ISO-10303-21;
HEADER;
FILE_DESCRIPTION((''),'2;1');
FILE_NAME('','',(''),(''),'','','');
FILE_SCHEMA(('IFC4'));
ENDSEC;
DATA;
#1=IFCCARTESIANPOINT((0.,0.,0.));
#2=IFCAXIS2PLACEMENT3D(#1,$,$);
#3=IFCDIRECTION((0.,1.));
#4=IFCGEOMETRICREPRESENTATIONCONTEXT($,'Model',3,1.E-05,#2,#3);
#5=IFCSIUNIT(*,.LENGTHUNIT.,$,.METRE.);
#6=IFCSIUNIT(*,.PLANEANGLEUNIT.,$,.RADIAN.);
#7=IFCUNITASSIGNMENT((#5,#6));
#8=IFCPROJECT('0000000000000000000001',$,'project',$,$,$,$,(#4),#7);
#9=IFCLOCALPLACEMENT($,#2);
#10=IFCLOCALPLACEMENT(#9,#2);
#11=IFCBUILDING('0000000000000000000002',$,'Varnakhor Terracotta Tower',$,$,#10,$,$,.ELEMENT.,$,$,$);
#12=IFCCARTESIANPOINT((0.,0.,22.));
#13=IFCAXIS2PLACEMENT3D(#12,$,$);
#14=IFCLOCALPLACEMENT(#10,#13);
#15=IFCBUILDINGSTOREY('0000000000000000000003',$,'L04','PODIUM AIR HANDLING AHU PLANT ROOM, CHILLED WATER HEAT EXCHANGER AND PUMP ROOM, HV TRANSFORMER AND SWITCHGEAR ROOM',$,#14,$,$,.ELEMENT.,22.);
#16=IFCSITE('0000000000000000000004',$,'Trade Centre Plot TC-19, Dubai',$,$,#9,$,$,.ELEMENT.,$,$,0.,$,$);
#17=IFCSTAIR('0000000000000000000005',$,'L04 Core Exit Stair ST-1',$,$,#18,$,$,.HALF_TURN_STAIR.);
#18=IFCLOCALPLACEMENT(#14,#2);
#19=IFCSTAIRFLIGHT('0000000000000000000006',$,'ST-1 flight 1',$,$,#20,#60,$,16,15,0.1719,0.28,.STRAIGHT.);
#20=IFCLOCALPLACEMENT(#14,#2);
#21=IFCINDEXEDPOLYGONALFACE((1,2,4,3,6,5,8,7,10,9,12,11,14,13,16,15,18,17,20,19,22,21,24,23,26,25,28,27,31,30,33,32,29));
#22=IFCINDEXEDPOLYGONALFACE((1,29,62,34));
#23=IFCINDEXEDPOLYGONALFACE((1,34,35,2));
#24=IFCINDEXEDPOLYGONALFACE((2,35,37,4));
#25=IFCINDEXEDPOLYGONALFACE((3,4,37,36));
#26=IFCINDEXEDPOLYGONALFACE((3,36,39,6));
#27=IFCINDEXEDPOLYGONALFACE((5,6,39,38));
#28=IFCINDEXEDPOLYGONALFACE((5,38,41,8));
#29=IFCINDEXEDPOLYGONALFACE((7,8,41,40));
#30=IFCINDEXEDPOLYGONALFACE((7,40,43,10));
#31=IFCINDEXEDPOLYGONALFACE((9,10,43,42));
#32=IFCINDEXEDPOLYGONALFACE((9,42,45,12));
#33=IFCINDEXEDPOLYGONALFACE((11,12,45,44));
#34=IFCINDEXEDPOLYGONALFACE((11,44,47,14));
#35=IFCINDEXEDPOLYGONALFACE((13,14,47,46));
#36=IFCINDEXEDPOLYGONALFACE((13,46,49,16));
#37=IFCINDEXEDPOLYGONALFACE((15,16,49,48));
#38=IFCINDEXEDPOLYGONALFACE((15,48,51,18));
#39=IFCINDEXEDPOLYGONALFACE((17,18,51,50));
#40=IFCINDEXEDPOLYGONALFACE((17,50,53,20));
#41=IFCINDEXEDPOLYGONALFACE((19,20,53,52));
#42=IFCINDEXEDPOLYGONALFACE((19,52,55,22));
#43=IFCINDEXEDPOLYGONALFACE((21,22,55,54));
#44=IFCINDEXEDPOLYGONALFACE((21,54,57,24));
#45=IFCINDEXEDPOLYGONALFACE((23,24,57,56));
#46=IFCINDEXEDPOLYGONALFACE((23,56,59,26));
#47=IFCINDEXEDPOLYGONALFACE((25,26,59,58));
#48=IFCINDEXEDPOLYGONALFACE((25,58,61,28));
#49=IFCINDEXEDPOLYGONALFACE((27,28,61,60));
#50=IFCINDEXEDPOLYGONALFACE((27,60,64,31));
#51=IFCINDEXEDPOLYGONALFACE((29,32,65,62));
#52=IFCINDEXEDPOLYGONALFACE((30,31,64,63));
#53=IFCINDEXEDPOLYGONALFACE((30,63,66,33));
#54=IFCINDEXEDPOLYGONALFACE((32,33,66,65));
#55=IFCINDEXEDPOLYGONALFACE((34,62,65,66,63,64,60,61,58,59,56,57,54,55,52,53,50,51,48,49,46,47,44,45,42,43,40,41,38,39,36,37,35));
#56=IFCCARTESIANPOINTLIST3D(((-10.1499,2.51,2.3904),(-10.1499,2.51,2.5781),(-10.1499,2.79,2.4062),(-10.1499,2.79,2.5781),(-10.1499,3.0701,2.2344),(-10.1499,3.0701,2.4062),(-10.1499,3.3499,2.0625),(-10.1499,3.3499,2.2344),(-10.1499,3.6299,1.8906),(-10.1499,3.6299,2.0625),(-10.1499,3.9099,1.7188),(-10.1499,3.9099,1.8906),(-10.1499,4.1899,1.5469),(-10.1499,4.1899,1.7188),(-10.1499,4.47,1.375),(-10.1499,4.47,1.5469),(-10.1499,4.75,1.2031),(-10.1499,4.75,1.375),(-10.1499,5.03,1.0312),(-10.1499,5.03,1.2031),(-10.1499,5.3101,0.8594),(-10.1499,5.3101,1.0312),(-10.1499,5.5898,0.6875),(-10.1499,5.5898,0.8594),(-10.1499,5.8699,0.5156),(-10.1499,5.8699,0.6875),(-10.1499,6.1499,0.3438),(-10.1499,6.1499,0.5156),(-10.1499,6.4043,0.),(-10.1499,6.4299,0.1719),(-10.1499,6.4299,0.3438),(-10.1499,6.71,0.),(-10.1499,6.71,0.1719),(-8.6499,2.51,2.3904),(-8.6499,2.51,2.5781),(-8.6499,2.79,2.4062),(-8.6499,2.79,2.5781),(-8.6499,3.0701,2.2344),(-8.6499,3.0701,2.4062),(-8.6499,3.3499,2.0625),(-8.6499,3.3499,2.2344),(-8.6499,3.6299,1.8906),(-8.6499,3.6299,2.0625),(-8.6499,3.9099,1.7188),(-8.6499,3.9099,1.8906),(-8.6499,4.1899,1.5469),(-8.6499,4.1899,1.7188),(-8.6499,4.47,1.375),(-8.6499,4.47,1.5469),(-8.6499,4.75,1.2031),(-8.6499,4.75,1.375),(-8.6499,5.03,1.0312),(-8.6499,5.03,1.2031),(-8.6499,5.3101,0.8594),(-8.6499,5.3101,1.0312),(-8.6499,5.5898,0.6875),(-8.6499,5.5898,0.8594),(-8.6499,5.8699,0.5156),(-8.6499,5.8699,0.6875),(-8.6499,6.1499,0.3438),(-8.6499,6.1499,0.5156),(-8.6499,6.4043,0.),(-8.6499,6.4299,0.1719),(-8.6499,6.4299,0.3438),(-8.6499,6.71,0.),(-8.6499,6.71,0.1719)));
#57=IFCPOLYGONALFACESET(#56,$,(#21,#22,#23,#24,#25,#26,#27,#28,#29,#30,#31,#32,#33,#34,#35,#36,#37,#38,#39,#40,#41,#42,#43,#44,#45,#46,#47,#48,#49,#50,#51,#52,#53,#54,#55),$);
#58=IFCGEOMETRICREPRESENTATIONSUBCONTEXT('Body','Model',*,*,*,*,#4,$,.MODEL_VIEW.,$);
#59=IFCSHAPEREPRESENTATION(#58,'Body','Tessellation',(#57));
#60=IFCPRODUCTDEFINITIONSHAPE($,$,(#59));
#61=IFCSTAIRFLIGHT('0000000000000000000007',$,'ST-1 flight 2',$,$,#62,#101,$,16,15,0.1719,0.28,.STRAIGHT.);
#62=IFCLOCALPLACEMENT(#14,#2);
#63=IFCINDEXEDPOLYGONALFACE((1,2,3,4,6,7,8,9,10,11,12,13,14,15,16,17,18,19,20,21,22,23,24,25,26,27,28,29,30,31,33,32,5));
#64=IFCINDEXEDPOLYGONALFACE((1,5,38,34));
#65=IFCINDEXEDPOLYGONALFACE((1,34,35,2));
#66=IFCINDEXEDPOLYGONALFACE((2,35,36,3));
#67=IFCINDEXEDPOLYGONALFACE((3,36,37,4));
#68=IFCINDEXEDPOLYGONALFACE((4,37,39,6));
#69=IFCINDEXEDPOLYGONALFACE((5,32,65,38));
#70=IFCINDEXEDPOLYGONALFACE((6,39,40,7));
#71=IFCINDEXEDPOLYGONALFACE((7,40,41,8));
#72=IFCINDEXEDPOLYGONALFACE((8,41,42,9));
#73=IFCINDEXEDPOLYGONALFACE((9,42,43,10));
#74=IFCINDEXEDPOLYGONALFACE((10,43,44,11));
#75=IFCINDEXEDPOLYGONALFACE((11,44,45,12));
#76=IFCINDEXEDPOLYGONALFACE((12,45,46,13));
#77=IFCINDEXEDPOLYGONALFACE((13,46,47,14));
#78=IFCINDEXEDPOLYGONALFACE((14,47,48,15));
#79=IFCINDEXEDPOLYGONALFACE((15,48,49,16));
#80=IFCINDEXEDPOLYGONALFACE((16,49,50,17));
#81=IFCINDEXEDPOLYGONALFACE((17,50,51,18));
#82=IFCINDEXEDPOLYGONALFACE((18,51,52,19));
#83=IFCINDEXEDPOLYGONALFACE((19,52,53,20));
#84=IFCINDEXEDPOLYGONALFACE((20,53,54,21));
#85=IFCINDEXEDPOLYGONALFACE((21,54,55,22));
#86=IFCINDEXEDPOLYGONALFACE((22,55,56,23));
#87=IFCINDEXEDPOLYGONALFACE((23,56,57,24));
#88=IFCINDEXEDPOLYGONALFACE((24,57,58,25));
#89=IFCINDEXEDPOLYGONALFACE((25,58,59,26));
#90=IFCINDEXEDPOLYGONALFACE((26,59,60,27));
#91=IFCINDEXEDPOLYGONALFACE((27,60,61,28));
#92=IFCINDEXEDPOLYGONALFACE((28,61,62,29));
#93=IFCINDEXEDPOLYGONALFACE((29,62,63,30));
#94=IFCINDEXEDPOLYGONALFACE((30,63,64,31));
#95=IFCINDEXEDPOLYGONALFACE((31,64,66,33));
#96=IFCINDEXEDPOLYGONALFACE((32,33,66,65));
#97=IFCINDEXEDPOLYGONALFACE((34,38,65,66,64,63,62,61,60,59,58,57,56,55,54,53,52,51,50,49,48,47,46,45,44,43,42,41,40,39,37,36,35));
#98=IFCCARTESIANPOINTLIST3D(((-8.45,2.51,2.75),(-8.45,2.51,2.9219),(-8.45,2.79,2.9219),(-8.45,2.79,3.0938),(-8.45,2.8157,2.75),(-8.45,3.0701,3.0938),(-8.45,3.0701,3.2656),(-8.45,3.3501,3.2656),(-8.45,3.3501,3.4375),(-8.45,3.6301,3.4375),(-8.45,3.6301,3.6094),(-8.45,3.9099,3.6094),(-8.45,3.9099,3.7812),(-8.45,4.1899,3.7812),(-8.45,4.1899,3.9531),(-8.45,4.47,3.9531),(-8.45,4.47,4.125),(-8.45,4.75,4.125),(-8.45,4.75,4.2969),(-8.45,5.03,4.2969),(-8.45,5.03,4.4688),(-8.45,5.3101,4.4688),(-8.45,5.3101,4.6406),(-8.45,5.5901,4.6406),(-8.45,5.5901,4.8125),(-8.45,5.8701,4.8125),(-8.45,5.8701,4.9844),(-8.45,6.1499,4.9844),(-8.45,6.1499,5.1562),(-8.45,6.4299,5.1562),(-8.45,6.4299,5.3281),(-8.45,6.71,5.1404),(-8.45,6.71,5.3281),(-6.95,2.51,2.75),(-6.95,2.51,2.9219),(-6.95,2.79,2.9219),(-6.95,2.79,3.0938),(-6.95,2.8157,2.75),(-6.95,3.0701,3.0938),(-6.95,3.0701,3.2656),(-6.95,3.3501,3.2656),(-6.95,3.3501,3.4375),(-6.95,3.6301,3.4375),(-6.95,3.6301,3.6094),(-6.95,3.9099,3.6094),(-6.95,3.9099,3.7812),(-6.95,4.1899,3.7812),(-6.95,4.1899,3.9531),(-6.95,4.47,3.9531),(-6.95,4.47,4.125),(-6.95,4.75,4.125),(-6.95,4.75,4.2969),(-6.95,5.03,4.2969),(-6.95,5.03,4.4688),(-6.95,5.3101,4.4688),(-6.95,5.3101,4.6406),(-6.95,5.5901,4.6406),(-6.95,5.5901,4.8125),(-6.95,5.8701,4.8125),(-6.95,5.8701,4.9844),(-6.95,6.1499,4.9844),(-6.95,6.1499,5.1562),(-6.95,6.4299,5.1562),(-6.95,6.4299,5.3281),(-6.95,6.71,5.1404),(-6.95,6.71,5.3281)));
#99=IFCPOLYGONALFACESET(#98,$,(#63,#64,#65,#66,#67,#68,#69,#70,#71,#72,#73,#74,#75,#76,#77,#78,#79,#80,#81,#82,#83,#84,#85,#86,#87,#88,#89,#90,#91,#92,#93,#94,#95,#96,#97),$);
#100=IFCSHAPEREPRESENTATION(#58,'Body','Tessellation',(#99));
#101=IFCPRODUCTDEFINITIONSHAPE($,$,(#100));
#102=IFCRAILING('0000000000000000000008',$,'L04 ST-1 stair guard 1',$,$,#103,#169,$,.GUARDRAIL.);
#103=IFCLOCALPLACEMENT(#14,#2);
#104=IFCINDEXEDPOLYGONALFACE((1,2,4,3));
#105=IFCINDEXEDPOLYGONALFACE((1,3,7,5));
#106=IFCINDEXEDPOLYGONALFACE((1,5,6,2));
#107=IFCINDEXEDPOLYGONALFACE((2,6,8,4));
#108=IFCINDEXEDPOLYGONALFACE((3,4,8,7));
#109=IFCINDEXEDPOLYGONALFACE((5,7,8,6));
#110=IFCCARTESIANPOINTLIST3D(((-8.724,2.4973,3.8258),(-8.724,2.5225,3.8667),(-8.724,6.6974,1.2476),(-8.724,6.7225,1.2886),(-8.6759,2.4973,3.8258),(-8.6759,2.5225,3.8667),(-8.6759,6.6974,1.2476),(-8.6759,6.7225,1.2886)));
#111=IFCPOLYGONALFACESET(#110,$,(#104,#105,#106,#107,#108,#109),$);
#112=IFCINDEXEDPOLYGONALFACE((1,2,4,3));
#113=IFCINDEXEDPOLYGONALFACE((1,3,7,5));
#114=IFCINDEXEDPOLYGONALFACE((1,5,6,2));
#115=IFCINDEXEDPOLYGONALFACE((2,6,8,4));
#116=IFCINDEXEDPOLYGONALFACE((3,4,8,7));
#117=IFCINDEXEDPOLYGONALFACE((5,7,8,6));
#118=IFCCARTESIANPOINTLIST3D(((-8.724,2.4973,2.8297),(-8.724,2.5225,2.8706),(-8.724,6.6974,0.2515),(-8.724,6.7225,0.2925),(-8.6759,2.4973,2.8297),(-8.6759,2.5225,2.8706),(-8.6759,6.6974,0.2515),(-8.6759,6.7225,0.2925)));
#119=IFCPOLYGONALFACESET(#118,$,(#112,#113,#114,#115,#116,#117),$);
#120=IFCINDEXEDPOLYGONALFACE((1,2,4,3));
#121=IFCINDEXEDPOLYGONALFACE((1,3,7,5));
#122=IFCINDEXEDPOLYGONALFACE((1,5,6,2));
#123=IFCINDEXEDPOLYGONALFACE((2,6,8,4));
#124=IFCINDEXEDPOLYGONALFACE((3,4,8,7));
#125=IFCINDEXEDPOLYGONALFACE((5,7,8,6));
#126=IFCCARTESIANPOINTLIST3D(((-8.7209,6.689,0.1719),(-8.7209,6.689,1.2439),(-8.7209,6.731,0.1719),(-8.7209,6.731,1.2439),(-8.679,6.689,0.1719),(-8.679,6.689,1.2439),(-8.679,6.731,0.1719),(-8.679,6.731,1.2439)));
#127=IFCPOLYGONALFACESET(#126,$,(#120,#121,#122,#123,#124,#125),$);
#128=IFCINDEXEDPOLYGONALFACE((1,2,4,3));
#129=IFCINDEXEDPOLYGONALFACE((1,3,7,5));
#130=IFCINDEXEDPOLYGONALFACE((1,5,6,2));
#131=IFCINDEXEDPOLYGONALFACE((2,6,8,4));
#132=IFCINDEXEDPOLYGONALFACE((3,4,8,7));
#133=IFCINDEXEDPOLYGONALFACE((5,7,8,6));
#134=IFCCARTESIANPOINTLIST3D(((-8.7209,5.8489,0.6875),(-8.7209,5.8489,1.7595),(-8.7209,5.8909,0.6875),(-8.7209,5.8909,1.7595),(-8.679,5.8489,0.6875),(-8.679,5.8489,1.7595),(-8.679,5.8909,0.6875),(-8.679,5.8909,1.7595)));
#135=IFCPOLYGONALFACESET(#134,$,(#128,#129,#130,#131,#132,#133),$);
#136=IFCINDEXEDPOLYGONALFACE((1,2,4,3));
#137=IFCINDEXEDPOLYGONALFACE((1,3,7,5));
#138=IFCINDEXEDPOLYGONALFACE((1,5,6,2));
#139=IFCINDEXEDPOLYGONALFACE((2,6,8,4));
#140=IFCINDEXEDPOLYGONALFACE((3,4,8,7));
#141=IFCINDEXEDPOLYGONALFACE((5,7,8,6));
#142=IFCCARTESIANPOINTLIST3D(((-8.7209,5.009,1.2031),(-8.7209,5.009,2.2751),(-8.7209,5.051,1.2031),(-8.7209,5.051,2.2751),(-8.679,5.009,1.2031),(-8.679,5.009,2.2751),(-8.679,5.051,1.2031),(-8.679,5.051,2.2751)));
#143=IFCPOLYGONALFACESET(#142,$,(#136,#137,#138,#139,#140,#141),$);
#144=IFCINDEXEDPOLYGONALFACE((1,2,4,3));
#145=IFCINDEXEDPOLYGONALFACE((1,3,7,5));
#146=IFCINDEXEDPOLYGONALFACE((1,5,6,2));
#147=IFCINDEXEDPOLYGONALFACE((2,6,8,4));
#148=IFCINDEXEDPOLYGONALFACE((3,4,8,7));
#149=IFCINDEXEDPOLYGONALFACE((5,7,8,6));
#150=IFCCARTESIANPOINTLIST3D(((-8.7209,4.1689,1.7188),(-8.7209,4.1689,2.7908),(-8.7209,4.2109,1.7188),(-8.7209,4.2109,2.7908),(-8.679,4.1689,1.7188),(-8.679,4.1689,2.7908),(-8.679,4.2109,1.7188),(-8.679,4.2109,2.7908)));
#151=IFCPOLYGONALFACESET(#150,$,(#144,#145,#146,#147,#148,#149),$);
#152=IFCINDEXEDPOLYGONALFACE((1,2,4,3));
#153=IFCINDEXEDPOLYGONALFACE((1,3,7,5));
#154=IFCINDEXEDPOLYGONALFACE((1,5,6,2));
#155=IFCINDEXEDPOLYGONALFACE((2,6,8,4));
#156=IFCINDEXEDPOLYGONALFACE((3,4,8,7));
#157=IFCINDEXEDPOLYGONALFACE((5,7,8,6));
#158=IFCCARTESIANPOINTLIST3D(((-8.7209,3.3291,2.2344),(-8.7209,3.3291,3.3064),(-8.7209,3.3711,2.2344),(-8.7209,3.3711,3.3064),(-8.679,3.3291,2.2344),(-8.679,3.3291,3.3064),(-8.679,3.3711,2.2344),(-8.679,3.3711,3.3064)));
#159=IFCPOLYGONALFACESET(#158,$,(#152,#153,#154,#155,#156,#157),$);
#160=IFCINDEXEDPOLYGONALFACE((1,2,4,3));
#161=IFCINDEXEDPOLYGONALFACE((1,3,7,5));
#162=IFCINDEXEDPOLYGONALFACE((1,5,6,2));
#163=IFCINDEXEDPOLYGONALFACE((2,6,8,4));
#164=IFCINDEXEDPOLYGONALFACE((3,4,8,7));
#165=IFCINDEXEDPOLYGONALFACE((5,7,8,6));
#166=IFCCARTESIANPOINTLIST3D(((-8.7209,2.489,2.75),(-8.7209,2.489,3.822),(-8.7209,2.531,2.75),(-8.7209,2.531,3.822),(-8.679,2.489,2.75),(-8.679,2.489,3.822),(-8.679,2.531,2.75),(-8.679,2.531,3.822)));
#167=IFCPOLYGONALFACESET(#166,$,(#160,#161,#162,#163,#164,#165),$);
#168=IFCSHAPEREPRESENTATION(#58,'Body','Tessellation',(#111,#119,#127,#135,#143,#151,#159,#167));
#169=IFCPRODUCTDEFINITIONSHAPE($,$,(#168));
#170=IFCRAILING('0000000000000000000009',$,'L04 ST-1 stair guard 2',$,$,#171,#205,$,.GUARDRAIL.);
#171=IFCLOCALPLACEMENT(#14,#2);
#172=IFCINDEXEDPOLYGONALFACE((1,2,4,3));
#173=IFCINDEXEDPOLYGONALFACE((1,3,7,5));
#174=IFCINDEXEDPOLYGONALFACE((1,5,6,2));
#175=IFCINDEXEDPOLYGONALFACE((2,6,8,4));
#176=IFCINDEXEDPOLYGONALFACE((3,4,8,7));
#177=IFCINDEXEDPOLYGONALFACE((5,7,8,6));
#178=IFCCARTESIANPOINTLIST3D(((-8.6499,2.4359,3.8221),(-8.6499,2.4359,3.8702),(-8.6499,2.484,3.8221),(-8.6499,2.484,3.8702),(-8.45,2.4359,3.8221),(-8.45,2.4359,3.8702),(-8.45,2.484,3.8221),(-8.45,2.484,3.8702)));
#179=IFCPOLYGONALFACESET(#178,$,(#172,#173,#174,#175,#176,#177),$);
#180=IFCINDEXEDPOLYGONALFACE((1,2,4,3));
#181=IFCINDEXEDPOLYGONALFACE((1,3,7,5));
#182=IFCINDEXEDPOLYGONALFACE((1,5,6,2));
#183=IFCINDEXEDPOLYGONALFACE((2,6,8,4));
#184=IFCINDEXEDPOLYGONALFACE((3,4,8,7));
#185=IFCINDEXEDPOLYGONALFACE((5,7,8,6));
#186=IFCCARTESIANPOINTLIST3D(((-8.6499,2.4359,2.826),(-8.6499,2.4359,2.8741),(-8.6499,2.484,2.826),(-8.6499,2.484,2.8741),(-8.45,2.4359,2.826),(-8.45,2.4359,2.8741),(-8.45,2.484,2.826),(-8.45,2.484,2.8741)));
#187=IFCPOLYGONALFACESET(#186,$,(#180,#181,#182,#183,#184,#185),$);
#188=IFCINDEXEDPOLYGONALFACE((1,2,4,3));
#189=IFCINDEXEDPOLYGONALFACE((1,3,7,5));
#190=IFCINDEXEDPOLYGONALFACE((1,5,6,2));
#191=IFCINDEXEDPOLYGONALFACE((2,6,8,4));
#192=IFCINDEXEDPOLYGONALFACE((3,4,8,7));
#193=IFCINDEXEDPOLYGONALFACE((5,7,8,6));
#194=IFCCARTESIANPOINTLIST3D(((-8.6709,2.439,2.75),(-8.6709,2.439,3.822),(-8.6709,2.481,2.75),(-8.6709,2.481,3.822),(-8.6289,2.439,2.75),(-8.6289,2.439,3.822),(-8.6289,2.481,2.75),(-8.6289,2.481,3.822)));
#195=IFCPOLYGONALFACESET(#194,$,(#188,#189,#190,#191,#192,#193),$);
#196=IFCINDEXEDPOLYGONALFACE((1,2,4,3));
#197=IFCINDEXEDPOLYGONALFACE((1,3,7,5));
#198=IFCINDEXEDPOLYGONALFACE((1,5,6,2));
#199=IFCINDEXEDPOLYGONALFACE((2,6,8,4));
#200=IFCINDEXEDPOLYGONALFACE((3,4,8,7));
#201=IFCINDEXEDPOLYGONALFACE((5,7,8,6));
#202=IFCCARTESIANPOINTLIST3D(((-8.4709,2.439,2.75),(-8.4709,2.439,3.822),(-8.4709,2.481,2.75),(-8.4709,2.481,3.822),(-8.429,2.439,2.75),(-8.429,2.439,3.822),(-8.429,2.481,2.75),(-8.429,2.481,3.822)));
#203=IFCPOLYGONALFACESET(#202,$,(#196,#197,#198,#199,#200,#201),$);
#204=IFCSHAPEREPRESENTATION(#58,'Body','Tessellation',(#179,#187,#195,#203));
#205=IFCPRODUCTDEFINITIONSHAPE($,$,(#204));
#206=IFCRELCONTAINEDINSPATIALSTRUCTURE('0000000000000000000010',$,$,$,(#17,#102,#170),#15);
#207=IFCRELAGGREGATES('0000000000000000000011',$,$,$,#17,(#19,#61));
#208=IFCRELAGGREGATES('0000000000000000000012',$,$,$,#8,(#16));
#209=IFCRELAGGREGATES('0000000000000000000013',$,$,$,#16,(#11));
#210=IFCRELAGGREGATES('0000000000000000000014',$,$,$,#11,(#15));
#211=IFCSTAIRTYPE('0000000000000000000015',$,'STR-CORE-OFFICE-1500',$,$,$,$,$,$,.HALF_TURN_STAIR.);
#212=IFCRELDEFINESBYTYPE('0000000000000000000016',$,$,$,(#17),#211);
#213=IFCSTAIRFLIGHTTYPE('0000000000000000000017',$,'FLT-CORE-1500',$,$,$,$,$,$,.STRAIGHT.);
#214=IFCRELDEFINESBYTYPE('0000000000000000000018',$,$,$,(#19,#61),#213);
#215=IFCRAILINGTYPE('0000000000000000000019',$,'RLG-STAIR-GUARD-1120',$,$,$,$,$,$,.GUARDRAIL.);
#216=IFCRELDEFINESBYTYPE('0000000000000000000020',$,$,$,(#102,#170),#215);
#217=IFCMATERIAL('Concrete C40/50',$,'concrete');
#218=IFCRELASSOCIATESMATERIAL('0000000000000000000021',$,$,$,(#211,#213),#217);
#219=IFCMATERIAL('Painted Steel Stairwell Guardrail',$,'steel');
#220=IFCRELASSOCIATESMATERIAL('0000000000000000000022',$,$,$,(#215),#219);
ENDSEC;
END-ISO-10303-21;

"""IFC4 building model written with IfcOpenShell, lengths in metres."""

from ifc_helpers import new_model, si_unit, direction, frame, origin, origin_2d, place, context, subcontext, project, spatial, polyline, rectangle, outline, extrude, material, type_object, element, aggregate, save


model = new_model("IFC4")

# Units and contexts
model_context = context("Model", 3, precision=1e-05, world=origin(), true_north=direction((0.0, 1.0)))
body_context = subcontext(model_context, "Body", "Model", "MODEL_VIEW")
ifc_project = project(units=[si_unit("LENGTHUNIT", "METRE"), si_unit("PLANEANGLEUNIT", "RADIAN")], contexts=[model_context])

# Site, building, storey
site_placement = place(None, origin())
site = spatial("IfcSite", under=ifc_project, at=site_placement, Name="Trade Centre Plot TC-19, Dubai", CompositionType="ELEMENT", RefElevation=0.0)
building_placement = place(site_placement, origin())
building = spatial("IfcBuilding", under=site, at=building_placement, Name="Varnakhor Terracotta Tower", CompositionType="ELEMENT")
storey_placement = place(building_placement, frame((0.0, 0.0, 22.0)))
storey = spatial("IfcBuildingStorey", under=building, at=storey_placement, Name="L04", Description="PODIUM AIR HANDLING AHU PLANT ROOM, CHILLED WATER HEAT EXCHANGER AND PUMP ROOM, HV TRANSFORMER AND SWITCHGEAR ROOM", CompositionType="ELEMENT", Elevation=22.0)

# Shared definitions
ifc_material_1 = material(Name="Concrete C40/50", Category="concrete")

# Stair, stair flights
stair_type = type_object("IfcStairType", Name="STR-CORE-OFFICE-1500", PredefinedType="HALF_TURN_STAIR", material=ifc_material_1)
stair_placement = place(storey_placement, origin())
stair = element("IfcStair", 1, at=stair_placement, inside=storey, type_object=stair_type, Name="L04 Core Exit Stair ST-1", PredefinedType="HALF_TURN_STAIR")
stair_flight_type = type_object("IfcStairFlightType", Name="FLT-CORE-1500", PredefinedType="STRAIGHT", material=ifc_material_1)
stair_flight_1_placement = place(storey_placement, frame((-9.3999, 6.71, 0.0), z_axis=(0.0, 0.0, 1.0), x_axis=(0.0, -1.0, 0.0)))
stair_flight_1 = element("IfcStairFlight", 2, at=stair_flight_1_placement, type_object=stair_flight_type, Name="ST-1 flight 1", NumberOfRisers=16, NumberOfTreads=15, PredefinedType="STRAIGHT", RiserHeight=0.1719, TreadLength=0.28, context=body_context, shape_type="SweptSolid", body=[
    extrude(outline(polyline([(0.0, 0.0), (0.0, 0.1719), (0.28, 0.1719), (0.28, 0.3438), (0.5601, 0.3438), (0.5601, 0.5156), (0.8401, 0.5156), (0.8401, 0.6875), (1.1201, 0.6875), (1.1201, 0.8594), (1.3999, 0.8594), (1.3999, 1.0312), (1.6799, 1.0312), (1.6799, 1.2031), (1.96, 1.2031), (1.96, 1.375), (2.24, 1.375), (2.24, 1.5469), (2.52, 1.5469), (2.52, 1.7188), (2.8, 1.7188), (2.8, 1.8906), (3.0801, 1.8906), (3.0801, 2.0625), (3.3601, 2.0625), (3.3601, 2.2344), (3.6399, 2.2344), (3.6399, 2.4062), (3.9199, 2.4062), (3.9199, 2.5781), (4.2, 2.5781), (4.2, 2.75), (4.2, 2.3904), (0.3057, 0.0), (0.0, 0.0)])), frame((0.0, 0.75, 0.0), z_axis=(0.0, -1.0, 0.0), x_axis=(1.0, 0.0, 0.0)), (0.0, 0.0, 1.0), 1.5),
])
stair_flight_2_placement = place(storey_placement, frame((-7.7, 2.51, 2.75), z_axis=(0.0, 0.0, 1.0), x_axis=(0.0, 1.0, 0.0)))
stair_flight_2 = element("IfcStairFlight", 3, at=stair_flight_2_placement, type_object=stair_flight_type, Name="ST-1 flight 2", NumberOfRisers=16, NumberOfTreads=15, PredefinedType="STRAIGHT", RiserHeight=0.1719, TreadLength=0.28, context=body_context, shape_type="SweptSolid", body=[
    extrude(outline(polyline([(0.0, 0.0), (0.0, 0.1719), (0.28, 0.1719), (0.28, 0.3438), (0.5601, 0.3438), (0.5601, 0.5156), (0.8401, 0.5156), (0.8401, 0.6875), (1.1201, 0.6875), (1.1201, 0.8594), (1.3999, 0.8594), (1.3999, 1.0312), (1.6799, 1.0312), (1.6799, 1.2031), (1.96, 1.2031), (1.96, 1.375), (2.24, 1.375), (2.24, 1.5469), (2.52, 1.5469), (2.52, 1.7188), (2.8, 1.7188), (2.8, 1.8906), (3.0801, 1.8906), (3.0801, 2.0625), (3.3601, 2.0625), (3.3601, 2.2344), (3.6399, 2.2344), (3.6399, 2.4062), (3.9199, 2.4062), (3.9199, 2.5781), (4.2, 2.5781), (4.2, 2.75), (4.2, 2.3904), (0.3057, 0.0), (0.0, 0.0)])), frame((0.0, 0.75, 0.0), z_axis=(0.0, -1.0, 0.0), x_axis=(1.0, 0.0, 0.0)), (0.0, 0.0, 1.0), 1.5),
])
aggregate(stair, [stair_flight_1, stair_flight_2])

# Railings
ifc_material_2 = material(Name="Painted Steel Stairwell Guardrail", Category="steel")
railing_type_1 = type_object("IfcRailingType", Name="RLG-STAIR-GUARD-1120", PredefinedType="GUARDRAIL", material=ifc_material_2)
railing_1_placement = place(storey_placement, frame((-8.7, 6.71, 0.1719)))
element("IfcRailing", 4, at=railing_1_placement, inside=storey, type_object=railing_type_1, Name="L04 ST-1 stair guard 1", PredefinedType="GUARDRAIL", context=body_context, shape_type="SweptSolid", body=[
    extrude(rectangle(XDim=0.0481, YDim=0.0481, at=origin_2d()), frame((0.0, 0.0, 1.0962), z_axis=(0.0, -0.852243, 0.523146), x_axis=(1.0, 0.0, 0.0)), (0.0, 0.0, 1.0), 4.9282),
    extrude(rectangle(XDim=0.0481, YDim=0.0481, at=origin_2d()), frame((0.0, 0.0, 0.1001), z_axis=(0.0, -0.852243, 0.523146), x_axis=(1.0, 0.0, 0.0)), (0.0, 0.0, 1.0), 4.9282),
    extrude(rectangle(XDim=0.042, YDim=0.042, at=origin_2d()), origin(), (0.0, 0.0, 1.0), 1.072),
    extrude(rectangle(XDim=0.042, YDim=0.042, at=origin_2d()), frame((0.0, -0.8401, 0.5156)), (0.0, 0.0, 1.0), 1.072),
    extrude(rectangle(XDim=0.042, YDim=0.042, at=origin_2d()), frame((0.0, -1.6799, 1.0312)), (0.0, 0.0, 1.0), 1.072),
    extrude(rectangle(XDim=0.042, YDim=0.042, at=origin_2d()), frame((0.0, -2.52, 1.5469)), (0.0, 0.0, 1.0), 1.072),
    extrude(rectangle(XDim=0.042, YDim=0.042, at=origin_2d()), frame((0.0, -3.3599, 2.0625)), (0.0, 0.0, 1.0), 1.072),
    extrude(rectangle(XDim=0.042, YDim=0.042, at=origin_2d()), frame((0.0, -4.2, 2.5781)), (0.0, 0.0, 1.0), 1.072),
])
railing_2_placement = place(storey_placement, frame((-8.6499, 2.46, 2.75)))
element("IfcRailing", 5, at=railing_2_placement, inside=storey, type_object=railing_type_1, Name="L04 ST-1 stair guard 2", PredefinedType="GUARDRAIL", context=body_context, shape_type="SweptSolid", body=[
    extrude(rectangle(XDim=0.0481, YDim=0.0481, at=origin_2d()), frame((0.0, 0.0, 1.0962), z_axis=(1.0, 0.0, 0.0), x_axis=(0.0, 1.0, 0.0)), (0.0, 0.0, 1.0), 0.2),
    extrude(rectangle(XDim=0.0481, YDim=0.0481, at=origin_2d()), frame((0.0, 0.0, 0.1001), z_axis=(1.0, 0.0, 0.0), x_axis=(0.0, 1.0, 0.0)), (0.0, 0.0, 1.0), 0.2),
    extrude(rectangle(XDim=0.042, YDim=0.042, at=origin_2d()), origin(), (0.0, 0.0, 1.0), 1.072),
    extrude(rectangle(XDim=0.042, YDim=0.042, at=origin_2d()), frame((0.2, 0.0, 0.0)), (0.0, 0.0, 1.0), 1.072),
])

save(model, "model.ifc")
